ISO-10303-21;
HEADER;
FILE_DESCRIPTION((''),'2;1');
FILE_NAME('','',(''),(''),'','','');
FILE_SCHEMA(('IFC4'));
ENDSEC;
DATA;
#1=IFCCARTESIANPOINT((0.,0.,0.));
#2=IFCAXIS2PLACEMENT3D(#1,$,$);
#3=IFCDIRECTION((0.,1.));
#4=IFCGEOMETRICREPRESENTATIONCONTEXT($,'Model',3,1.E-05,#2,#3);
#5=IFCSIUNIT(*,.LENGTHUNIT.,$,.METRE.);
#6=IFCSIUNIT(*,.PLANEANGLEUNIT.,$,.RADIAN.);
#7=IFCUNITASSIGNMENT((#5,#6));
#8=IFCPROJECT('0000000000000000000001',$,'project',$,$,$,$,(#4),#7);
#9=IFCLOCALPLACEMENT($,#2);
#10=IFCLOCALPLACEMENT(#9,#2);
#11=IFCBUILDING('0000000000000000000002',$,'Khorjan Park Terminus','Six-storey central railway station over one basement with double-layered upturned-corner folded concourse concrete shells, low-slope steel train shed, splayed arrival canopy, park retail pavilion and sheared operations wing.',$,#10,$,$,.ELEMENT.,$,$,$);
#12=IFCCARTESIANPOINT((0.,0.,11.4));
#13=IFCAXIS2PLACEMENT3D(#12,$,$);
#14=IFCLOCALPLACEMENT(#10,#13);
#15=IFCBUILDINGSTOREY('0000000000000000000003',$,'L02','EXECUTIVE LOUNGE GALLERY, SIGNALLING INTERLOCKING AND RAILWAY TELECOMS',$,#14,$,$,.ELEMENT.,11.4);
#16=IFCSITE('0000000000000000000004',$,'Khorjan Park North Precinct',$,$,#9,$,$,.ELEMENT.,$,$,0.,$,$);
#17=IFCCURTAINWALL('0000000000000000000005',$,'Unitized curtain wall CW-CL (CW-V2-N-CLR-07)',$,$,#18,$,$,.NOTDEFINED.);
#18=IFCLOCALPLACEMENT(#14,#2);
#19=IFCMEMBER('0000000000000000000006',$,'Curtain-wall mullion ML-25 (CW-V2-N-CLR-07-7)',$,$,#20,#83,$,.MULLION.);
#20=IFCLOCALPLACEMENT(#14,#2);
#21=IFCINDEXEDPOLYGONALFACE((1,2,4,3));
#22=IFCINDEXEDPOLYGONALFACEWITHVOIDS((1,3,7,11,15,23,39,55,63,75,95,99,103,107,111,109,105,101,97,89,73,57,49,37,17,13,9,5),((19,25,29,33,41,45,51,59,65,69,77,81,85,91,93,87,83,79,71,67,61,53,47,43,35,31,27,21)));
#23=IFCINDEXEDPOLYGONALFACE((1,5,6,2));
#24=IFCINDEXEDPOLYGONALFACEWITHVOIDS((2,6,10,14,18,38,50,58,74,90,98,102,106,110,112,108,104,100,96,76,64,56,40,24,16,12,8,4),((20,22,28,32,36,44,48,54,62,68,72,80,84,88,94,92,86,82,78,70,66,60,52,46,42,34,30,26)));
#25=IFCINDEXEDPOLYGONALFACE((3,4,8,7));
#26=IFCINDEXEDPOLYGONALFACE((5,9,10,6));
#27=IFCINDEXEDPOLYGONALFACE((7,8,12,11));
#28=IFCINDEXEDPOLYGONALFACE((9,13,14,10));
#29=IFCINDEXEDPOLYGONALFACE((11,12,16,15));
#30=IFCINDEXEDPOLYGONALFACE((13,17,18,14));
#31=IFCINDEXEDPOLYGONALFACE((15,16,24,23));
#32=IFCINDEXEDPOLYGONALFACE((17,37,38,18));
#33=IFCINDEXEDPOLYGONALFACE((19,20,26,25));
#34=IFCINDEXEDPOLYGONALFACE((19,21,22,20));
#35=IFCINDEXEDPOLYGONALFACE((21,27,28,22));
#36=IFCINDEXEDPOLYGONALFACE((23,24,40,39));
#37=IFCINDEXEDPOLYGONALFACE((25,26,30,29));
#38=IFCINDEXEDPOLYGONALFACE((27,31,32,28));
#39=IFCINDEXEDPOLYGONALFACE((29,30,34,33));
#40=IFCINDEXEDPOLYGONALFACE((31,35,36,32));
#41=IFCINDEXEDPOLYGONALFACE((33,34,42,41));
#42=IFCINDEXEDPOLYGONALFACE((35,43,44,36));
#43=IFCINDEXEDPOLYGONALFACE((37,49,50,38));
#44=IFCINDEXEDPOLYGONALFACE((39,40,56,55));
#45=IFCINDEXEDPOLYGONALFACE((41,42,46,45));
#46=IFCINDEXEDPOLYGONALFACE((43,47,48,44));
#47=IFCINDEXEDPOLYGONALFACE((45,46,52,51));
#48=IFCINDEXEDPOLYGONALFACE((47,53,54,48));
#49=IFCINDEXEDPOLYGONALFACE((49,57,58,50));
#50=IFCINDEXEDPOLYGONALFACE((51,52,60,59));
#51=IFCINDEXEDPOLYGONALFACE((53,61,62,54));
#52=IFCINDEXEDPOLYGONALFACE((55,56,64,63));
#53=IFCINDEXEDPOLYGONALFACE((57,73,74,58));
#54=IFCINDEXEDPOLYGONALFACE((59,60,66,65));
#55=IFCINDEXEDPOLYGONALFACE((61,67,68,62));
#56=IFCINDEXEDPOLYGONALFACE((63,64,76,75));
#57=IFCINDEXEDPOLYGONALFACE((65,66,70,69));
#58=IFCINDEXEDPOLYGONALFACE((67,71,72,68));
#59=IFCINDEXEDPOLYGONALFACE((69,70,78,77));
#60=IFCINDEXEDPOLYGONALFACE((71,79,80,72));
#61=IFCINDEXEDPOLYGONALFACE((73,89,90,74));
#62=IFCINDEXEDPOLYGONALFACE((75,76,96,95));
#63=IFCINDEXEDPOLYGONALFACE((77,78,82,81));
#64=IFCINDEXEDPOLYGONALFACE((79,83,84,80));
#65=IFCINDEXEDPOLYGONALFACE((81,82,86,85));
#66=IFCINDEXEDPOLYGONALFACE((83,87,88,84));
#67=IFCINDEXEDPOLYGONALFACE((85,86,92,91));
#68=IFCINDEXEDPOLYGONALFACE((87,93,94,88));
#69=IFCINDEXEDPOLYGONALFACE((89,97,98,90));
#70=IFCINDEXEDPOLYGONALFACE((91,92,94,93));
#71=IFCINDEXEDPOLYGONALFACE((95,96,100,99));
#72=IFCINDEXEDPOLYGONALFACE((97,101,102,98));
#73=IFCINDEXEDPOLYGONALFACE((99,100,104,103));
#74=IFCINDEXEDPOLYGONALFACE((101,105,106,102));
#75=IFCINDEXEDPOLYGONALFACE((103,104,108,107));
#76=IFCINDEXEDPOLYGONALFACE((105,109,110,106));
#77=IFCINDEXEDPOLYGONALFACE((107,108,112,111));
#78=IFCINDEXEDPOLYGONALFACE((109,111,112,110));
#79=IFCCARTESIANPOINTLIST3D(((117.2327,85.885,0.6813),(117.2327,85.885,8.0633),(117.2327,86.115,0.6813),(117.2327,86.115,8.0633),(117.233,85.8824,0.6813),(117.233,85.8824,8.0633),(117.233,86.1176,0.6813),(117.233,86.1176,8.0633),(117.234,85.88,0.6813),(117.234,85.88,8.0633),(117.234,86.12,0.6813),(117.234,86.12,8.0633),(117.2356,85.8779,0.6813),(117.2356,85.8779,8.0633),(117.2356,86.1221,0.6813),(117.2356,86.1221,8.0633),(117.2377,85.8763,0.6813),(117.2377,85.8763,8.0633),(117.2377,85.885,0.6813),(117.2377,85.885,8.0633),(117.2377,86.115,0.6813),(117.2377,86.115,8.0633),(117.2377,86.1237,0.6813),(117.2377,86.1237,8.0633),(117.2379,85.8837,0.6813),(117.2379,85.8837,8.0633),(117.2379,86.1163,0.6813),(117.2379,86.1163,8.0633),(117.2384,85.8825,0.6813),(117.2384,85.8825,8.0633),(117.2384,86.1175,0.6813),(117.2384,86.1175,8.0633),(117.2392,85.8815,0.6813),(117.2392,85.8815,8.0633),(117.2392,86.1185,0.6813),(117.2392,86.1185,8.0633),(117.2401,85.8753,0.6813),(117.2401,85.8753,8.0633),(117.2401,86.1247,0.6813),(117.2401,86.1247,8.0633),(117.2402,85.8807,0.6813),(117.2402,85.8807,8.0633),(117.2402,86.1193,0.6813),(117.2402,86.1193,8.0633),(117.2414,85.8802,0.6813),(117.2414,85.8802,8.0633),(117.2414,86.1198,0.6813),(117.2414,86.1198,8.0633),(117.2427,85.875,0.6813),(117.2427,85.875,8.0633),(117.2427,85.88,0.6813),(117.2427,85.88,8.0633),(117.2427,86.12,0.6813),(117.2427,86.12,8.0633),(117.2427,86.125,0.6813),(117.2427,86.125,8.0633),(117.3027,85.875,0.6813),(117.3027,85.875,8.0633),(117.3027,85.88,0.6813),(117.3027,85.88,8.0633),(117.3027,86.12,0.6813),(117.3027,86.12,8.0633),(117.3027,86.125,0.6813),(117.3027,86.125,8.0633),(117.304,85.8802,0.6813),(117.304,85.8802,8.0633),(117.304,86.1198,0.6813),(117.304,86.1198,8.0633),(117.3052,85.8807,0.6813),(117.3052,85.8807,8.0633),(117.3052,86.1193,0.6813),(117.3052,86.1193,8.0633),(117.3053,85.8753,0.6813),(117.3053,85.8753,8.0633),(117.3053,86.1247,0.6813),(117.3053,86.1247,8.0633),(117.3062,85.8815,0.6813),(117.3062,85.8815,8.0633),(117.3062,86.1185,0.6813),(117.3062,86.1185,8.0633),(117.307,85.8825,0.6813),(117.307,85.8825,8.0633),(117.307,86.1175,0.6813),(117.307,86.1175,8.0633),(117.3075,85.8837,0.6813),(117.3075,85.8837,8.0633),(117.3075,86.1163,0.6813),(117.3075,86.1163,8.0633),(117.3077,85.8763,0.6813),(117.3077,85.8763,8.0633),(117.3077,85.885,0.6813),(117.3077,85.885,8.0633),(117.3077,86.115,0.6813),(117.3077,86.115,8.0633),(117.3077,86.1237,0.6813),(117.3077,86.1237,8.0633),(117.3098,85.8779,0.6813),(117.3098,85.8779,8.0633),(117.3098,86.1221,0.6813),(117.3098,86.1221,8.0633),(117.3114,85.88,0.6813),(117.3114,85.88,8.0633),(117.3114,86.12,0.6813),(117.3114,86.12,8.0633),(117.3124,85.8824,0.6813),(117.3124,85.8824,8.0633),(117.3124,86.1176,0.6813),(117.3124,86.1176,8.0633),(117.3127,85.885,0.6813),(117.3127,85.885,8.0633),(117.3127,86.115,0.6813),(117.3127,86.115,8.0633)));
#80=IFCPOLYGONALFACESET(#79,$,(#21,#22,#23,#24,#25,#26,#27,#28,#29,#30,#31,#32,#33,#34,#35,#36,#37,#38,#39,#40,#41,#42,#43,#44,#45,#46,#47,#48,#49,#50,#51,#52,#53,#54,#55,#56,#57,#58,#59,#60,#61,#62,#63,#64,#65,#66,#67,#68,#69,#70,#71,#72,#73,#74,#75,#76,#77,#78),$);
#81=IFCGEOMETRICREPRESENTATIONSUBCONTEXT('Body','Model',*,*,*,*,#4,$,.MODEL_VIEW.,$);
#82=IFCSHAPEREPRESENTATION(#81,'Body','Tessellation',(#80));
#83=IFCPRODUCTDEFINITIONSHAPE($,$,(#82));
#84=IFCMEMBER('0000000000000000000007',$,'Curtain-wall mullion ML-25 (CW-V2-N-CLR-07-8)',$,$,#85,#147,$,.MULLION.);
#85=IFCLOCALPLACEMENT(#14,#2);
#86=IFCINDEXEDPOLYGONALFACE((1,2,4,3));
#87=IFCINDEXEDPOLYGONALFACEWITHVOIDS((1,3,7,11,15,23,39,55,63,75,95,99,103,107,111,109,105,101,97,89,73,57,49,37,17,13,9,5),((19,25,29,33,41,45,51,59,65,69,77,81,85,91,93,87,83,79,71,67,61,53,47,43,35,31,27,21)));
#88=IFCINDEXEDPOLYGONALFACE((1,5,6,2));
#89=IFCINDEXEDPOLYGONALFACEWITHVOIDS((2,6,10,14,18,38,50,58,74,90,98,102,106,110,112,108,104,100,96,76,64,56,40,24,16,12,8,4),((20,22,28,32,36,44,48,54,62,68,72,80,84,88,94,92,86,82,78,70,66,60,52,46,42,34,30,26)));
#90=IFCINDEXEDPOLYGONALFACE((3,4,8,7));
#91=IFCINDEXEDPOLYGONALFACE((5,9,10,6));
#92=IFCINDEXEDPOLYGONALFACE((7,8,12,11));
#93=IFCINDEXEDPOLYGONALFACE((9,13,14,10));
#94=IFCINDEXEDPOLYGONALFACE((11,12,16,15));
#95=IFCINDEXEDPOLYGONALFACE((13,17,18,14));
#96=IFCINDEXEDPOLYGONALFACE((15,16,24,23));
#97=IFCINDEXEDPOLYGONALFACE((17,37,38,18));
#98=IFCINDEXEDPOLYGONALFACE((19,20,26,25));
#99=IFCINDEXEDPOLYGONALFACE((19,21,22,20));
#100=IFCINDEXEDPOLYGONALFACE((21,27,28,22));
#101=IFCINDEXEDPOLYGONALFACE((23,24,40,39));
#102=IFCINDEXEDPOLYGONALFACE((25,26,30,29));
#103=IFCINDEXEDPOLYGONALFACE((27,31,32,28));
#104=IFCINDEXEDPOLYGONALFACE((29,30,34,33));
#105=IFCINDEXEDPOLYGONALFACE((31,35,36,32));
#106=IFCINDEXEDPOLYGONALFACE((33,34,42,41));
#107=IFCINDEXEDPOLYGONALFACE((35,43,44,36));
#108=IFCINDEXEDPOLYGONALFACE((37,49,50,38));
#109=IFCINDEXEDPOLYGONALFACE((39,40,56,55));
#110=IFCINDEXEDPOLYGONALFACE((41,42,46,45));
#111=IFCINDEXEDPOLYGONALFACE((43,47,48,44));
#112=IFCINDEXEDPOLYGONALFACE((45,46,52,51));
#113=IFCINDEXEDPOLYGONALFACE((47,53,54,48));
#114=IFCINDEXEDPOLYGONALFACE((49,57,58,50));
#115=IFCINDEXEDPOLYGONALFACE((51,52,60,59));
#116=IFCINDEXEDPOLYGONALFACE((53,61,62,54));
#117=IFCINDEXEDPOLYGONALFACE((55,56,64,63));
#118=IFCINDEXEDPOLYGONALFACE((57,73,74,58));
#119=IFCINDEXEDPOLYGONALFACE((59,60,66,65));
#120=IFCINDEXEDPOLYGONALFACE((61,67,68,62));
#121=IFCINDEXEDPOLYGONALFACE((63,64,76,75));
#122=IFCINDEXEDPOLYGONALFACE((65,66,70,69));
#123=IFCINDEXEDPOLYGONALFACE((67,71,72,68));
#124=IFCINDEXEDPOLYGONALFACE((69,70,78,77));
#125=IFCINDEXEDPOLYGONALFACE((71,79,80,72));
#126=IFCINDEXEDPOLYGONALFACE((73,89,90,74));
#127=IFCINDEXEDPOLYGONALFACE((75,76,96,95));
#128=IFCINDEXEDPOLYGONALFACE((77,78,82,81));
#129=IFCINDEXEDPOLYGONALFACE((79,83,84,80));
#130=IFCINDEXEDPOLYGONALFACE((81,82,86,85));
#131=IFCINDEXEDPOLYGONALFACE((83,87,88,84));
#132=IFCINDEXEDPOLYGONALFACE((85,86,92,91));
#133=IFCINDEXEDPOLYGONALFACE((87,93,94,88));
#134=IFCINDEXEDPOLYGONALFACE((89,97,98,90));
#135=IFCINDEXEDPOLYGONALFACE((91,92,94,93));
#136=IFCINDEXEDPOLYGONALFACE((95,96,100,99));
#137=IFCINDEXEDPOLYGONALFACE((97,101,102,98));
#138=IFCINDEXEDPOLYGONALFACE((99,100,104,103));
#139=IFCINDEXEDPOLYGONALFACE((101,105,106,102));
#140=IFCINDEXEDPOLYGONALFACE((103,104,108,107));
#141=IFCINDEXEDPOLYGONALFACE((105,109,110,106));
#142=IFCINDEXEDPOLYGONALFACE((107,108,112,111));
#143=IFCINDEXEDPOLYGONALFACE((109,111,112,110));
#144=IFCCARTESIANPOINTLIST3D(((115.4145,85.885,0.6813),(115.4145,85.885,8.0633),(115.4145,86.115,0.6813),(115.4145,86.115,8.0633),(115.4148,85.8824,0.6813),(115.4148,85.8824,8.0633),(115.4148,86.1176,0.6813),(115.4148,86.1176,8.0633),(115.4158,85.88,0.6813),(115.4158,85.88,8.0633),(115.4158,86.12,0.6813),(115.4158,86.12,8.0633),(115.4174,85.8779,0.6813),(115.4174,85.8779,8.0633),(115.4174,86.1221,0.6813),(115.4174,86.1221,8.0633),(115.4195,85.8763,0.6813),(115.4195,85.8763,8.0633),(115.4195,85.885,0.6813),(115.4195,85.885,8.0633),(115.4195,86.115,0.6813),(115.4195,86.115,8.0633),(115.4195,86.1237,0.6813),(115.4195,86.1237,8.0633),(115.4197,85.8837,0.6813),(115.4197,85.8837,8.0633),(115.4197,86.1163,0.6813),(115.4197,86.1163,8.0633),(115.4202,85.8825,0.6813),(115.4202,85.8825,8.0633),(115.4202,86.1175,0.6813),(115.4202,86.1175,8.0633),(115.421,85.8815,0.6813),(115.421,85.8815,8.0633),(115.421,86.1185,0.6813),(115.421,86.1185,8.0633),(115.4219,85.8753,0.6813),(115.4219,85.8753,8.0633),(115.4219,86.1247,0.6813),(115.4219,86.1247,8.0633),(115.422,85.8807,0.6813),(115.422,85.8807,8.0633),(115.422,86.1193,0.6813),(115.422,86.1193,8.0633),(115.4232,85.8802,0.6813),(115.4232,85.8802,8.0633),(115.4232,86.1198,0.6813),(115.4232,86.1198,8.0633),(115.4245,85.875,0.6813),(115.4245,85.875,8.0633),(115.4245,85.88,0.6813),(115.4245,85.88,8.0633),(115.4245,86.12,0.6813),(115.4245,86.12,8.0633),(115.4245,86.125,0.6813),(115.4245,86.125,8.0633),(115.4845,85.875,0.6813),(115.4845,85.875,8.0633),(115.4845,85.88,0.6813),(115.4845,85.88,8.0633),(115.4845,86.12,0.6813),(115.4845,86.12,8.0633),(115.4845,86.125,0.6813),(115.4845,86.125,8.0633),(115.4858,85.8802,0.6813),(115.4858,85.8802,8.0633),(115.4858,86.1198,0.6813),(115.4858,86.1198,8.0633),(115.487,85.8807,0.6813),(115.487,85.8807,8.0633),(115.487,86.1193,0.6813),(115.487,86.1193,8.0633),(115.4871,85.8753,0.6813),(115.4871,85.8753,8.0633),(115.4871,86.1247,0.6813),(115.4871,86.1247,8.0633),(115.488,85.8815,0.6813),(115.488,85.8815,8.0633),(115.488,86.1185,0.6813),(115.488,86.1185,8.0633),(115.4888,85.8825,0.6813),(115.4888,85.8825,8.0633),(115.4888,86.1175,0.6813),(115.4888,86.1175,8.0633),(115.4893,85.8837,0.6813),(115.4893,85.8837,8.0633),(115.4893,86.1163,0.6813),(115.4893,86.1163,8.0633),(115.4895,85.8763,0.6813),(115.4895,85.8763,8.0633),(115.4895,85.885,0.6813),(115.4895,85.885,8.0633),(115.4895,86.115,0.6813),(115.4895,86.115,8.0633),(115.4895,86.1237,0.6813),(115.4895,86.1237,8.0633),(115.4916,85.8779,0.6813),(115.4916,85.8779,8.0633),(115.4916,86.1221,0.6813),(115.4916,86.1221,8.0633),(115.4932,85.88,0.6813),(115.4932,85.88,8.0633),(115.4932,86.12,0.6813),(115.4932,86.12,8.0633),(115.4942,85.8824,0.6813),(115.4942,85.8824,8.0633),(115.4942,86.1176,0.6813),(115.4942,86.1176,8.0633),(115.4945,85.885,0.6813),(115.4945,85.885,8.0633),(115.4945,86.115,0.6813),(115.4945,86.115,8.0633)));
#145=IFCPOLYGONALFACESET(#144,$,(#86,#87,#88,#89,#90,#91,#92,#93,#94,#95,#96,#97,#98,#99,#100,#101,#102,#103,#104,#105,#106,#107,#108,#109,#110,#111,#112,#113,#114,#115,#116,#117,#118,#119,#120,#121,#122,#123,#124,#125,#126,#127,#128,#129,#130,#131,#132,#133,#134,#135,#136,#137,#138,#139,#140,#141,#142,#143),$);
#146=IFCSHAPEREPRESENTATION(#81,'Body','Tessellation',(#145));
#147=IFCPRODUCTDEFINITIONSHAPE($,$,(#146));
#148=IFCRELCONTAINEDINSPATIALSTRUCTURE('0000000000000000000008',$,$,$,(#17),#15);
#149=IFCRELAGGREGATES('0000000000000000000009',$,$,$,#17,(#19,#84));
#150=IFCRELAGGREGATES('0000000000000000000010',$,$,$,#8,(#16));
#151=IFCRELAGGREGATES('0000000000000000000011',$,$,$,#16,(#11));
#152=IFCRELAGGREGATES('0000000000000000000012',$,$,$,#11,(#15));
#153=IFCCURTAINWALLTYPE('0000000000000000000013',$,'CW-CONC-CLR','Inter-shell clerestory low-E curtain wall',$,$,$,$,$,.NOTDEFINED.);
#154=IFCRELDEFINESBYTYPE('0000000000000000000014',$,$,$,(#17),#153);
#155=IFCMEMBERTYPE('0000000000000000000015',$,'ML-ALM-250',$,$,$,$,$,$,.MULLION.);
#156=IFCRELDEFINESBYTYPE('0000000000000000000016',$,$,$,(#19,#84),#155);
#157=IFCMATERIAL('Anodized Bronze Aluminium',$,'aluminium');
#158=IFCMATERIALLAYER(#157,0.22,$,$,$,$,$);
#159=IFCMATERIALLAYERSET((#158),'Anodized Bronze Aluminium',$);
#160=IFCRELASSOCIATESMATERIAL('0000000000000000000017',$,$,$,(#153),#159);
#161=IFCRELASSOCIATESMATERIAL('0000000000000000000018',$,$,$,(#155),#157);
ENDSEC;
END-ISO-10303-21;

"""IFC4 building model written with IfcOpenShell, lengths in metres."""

from ifc_helpers import new_model, si_unit, direction, frame, origin, origin_2d, place, context, subcontext, project, spatial, hollow_rectangle, extrude, material, layer, layer_set, material_profile, profile_set, type_object, element, aggregate, save


model = new_model("IFC4")

# Units and contexts
model_context = context("Model", 3, precision=1e-05, world=origin(), true_north=direction((0.0, 1.0)))
body_context = subcontext(model_context, "Body", "Model", "MODEL_VIEW")
ifc_project = project(units=[si_unit("LENGTHUNIT", "METRE"), si_unit("PLANEANGLEUNIT", "RADIAN")], contexts=[model_context])

# Site, building, storey
site_placement = place(None, origin())
site = spatial("IfcSite", under=ifc_project, at=site_placement, Name="Khorjan Park North Precinct", CompositionType="ELEMENT", RefElevation=0.0)
building_placement = place(site_placement, origin())
building = spatial("IfcBuilding", under=site, at=building_placement, Name="Khorjan Park Terminus", Description="Six-storey central railway station over one basement with double-layered upturned-corner folded concourse concrete shells, low-slope steel train shed, splayed arrival canopy, park retail pavilion and sheared operations wing.", CompositionType="ELEMENT")
storey_placement = place(building_placement, frame((0.0, 0.0, 11.4)))
storey = spatial("IfcBuildingStorey", under=building, at=storey_placement, Name="L02", Description="EXECUTIVE LOUNGE GALLERY, SIGNALLING INTERLOCKING AND RAILWAY TELECOMS", CompositionType="ELEMENT", Elevation=11.4)

# Curtain wall, members
ifc_material_1 = material(Name="Anodized Bronze Aluminium", Category="aluminium")
ifc_layer_1 = layer(ifc_material_1, 0.22)
ifc_layer_set_1 = layer_set([ifc_layer_1], Name="Anodized Bronze Aluminium")
curtain_wall_type = type_object("IfcCurtainWallType", Name="CW-CONC-CLR", Description="Inter-shell clerestory low-E curtain wall", PredefinedType="NOTDEFINED", material=ifc_layer_set_1)
curtain_wall_placement = place(storey_placement, origin())
curtain_wall = element("IfcCurtainWall", 1, at=curtain_wall_placement, inside=storey, type_object=curtain_wall_type, Name="Unitized curtain wall CW-CL (CW-V2-N-CLR-07)", PredefinedType="NOTDEFINED")
ifc_material_profile_1 = material_profile(ifc_material_1, hollow_rectangle(XDim=0.08, YDim=0.25, WallThickness=0.005, InnerFilletRadius=0.005, OuterFilletRadius=0.01, at=origin_2d()), Name="ALM 80x250x5")
ifc_profile_set_1 = profile_set([ifc_material_profile_1], Name="Anodized Bronze Aluminium")
member_type_1 = type_object("IfcMemberType", Name="ML-ALM-250", PredefinedType="MULLION", material=ifc_profile_set_1)
member_1_placement = place(storey_placement, frame((117.2727, 86.0, 0.6813), z_axis=(0.0, 0.0, 1.0), x_axis=(-1.0, 0.0, 0.0)))
member_1 = element("IfcMember", 2, at=member_1_placement, type_object=member_type_1, Name="Curtain-wall mullion ML-25 (CW-V2-N-CLR-07-7)", PredefinedType="MULLION", context=body_context, shape_type="SweptSolid", body=[
    extrude(hollow_rectangle(XDim=0.08, YDim=0.25, WallThickness=0.005, InnerFilletRadius=0.005, OuterFilletRadius=0.01, at=origin_2d()), origin(), (0.0, 0.0, 1.0), 7.382),
])
member_2_placement = place(storey_placement, frame((115.4545, 86.0, 0.6813), z_axis=(0.0, 0.0, 1.0), x_axis=(-1.0, 0.0, 0.0)))
member_2 = element("IfcMember", 3, at=member_2_placement, type_object=member_type_1, Name="Curtain-wall mullion ML-25 (CW-V2-N-CLR-07-8)", PredefinedType="MULLION", context=body_context, shape_type="SweptSolid", body=[
    extrude(hollow_rectangle(XDim=0.08, YDim=0.25, WallThickness=0.005, InnerFilletRadius=0.005, OuterFilletRadius=0.01, at=origin_2d()), origin(), (0.0, 0.0, 1.0), 7.382),
])

aggregate(curtain_wall, [member_1, member_2])

save(model, "model.ifc")
